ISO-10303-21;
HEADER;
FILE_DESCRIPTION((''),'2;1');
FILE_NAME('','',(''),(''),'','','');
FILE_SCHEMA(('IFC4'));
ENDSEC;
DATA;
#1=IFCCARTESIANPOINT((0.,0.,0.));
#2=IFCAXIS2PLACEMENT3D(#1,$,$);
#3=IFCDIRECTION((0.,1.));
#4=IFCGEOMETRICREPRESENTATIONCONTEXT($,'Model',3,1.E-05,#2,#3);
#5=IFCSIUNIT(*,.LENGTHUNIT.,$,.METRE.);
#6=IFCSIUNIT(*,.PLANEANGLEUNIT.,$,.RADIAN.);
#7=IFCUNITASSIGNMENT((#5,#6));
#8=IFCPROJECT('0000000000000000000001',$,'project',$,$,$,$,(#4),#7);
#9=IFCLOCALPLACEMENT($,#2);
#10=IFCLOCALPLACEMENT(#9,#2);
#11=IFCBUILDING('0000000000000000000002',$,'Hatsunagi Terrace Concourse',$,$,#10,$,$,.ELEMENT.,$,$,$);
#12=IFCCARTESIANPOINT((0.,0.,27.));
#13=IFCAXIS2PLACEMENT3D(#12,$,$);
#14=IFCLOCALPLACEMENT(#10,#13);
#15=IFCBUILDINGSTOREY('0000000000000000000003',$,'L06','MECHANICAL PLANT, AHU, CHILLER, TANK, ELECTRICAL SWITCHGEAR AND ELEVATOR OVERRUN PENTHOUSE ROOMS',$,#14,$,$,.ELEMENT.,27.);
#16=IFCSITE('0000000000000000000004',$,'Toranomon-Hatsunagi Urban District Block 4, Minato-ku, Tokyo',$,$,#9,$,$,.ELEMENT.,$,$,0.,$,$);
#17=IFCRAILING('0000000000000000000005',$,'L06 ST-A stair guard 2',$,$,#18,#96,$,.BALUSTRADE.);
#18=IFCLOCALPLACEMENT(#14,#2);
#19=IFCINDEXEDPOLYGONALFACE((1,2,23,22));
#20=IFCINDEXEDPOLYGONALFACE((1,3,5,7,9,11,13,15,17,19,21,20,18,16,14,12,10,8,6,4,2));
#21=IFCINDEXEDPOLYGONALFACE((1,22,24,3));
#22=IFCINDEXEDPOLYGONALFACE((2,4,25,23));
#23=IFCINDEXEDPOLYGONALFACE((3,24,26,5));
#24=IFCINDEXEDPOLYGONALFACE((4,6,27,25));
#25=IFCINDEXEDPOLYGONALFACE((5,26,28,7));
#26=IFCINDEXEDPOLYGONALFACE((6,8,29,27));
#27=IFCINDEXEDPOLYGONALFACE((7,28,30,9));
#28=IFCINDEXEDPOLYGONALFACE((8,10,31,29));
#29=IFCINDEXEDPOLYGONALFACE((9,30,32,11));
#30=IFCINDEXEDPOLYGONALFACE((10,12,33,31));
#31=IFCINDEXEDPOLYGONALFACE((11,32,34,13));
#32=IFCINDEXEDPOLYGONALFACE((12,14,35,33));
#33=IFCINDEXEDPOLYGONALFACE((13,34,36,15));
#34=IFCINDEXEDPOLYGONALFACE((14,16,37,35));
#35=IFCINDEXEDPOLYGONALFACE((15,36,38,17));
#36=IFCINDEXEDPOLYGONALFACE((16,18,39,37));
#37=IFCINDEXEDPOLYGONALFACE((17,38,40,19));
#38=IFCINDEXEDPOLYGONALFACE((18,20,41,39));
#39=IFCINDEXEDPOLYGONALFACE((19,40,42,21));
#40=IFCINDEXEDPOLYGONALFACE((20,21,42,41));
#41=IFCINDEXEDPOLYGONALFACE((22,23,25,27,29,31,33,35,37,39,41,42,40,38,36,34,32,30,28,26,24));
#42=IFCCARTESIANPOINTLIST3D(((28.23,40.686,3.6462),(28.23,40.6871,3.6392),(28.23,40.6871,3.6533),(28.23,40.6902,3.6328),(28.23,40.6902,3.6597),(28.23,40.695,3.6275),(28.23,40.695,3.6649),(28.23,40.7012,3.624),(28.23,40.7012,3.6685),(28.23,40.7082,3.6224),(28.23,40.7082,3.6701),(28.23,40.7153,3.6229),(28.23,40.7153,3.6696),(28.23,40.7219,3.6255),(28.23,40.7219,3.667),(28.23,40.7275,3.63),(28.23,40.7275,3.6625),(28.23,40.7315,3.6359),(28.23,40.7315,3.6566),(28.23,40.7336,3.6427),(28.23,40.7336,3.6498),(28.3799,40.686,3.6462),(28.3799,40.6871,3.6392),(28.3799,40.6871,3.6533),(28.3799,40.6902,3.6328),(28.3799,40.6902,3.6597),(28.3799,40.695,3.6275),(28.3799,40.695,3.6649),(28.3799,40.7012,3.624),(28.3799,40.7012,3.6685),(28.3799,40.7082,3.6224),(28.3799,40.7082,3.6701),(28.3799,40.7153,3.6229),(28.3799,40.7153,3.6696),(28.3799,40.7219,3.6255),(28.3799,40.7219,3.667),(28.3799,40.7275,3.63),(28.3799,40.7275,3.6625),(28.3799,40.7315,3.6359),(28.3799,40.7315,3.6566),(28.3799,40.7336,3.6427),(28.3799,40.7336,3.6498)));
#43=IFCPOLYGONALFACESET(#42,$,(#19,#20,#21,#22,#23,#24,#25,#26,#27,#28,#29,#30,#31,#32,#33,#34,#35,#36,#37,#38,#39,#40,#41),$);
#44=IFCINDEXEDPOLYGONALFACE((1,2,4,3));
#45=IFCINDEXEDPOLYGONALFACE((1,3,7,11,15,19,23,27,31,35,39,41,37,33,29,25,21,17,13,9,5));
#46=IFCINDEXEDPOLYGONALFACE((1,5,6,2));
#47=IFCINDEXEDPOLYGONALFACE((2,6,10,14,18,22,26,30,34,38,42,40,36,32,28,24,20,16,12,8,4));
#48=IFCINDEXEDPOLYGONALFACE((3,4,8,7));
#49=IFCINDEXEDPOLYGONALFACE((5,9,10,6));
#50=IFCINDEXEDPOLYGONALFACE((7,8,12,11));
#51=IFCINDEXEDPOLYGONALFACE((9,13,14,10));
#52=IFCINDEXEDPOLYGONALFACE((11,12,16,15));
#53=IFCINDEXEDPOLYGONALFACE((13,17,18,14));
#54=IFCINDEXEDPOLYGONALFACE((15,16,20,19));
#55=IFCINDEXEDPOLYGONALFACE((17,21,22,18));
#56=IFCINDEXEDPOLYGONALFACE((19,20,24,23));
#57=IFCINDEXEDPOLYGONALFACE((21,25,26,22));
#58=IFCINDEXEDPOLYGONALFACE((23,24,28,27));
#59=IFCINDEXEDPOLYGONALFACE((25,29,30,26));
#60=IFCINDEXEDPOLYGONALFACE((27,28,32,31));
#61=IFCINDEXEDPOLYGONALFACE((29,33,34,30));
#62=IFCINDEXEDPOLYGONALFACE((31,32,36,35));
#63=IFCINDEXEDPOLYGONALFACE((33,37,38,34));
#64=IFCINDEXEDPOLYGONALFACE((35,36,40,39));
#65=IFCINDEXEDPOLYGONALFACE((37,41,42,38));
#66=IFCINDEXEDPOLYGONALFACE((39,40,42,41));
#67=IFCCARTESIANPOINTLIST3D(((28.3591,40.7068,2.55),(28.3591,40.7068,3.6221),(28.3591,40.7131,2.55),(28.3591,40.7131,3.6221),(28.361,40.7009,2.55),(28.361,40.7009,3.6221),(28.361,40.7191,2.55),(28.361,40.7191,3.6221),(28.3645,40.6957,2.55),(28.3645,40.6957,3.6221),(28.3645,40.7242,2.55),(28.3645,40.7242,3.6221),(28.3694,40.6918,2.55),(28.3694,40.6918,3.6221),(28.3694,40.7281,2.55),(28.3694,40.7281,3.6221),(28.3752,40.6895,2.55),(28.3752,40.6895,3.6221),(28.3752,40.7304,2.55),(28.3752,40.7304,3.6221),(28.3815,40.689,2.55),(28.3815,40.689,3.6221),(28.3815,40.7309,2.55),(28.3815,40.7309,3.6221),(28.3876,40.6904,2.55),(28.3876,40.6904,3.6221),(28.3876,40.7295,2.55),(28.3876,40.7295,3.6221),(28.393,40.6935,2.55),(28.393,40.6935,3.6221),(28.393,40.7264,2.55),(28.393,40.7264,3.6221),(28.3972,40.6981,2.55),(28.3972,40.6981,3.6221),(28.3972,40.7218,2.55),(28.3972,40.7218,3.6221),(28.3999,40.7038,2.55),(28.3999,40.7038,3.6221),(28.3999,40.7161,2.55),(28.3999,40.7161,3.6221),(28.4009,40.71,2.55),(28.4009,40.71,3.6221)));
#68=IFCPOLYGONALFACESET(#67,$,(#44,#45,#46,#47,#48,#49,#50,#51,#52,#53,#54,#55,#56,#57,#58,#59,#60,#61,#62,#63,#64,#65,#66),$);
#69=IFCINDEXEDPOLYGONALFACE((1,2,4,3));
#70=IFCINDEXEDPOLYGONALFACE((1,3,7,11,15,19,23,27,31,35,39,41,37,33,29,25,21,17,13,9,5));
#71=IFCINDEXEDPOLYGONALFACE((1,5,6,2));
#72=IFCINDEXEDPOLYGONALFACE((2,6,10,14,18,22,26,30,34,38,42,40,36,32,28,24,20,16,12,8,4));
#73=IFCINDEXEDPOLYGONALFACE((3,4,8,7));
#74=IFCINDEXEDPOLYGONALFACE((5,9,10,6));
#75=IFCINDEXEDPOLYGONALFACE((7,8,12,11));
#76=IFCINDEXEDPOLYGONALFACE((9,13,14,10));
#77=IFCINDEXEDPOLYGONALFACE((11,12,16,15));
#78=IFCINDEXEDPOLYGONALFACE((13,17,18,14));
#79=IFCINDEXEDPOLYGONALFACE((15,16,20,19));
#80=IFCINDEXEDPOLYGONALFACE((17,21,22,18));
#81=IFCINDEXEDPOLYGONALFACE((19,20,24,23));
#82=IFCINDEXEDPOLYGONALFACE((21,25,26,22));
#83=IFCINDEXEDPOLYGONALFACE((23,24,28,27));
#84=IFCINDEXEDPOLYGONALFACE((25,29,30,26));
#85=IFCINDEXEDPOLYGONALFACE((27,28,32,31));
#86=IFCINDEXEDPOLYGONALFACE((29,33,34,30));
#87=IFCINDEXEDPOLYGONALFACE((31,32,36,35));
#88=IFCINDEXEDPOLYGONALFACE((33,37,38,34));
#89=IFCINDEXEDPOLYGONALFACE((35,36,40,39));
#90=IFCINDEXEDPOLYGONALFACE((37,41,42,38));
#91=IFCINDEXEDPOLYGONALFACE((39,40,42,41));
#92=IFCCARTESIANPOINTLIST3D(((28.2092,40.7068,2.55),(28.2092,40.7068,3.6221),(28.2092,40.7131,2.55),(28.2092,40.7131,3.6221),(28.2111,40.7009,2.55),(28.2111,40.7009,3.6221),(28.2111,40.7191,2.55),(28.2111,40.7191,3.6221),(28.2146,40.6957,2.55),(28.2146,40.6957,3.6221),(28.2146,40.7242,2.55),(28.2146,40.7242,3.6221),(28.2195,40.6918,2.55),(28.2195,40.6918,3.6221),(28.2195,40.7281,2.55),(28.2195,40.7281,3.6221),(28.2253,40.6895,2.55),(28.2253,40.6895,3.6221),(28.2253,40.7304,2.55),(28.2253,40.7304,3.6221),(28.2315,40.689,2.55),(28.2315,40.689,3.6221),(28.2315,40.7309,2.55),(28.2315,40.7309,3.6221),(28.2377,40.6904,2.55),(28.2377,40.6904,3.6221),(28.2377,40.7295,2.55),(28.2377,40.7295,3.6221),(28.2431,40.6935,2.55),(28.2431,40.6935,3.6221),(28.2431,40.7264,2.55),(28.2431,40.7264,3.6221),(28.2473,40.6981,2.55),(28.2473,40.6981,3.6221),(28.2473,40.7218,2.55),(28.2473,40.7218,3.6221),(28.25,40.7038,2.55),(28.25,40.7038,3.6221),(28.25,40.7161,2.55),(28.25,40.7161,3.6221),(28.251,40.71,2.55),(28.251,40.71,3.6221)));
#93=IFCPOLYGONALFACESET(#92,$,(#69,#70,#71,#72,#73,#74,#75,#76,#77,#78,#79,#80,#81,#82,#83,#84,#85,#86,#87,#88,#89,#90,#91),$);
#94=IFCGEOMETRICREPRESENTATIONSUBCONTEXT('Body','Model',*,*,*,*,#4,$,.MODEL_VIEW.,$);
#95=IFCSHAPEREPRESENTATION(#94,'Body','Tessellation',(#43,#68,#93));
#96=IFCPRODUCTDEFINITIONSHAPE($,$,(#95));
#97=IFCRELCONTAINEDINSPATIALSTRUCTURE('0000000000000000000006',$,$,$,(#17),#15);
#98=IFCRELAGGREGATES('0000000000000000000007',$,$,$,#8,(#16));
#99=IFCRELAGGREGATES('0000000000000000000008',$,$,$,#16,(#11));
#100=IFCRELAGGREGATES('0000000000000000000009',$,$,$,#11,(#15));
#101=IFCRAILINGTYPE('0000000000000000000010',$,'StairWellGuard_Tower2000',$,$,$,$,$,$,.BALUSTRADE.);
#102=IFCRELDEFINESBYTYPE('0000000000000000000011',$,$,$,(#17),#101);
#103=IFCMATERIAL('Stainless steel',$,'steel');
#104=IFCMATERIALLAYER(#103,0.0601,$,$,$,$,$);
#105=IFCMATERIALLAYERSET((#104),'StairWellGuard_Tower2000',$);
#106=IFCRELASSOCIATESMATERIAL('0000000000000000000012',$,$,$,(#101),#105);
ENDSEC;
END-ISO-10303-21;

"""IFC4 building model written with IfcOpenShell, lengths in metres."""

from ifc_helpers import new_model, si_unit, direction, frame, origin, origin_2d, place, context, subcontext, project, spatial, circle, extrude, material, layer, layer_set, type_object, element, save


model = new_model("IFC4")

# Units and contexts
model_context = context("Model", 3, precision=1e-05, world=origin(), true_north=direction((0.0, 1.0)))
body_context = subcontext(model_context, "Body", "Model", "MODEL_VIEW")
ifc_project = project(units=[si_unit("LENGTHUNIT", "METRE"), si_unit("PLANEANGLEUNIT", "RADIAN")], contexts=[model_context])

# Site, building, storey
site_placement = place(None, origin())
site = spatial("IfcSite", under=ifc_project, at=site_placement, Name="Toranomon-Hatsunagi Urban District Block 4, Minato-ku, Tokyo", CompositionType="ELEMENT", RefElevation=0.0)
building_placement = place(site_placement, origin())
building = spatial("IfcBuilding", under=site, at=building_placement, Name="Hatsunagi Terrace Concourse", CompositionType="ELEMENT")
storey_placement = place(building_placement, frame((0.0, 0.0, 27.0)))
storey = spatial("IfcBuildingStorey", under=building, at=storey_placement, Name="L06", Description="MECHANICAL PLANT, AHU, CHILLER, TANK, ELECTRICAL SWITCHGEAR AND ELEVATOR OVERRUN PENTHOUSE ROOMS", CompositionType="ELEMENT", Elevation=27.0)

# Railing
ifc_material_1 = material(Name="Stainless steel", Category="steel")
ifc_layer_1 = layer(ifc_material_1, 0.0601)
ifc_layer_set_1 = layer_set([ifc_layer_1], Name="StairWellGuard_Tower2000")
railing_type_1 = type_object("IfcRailingType", Name="StairWellGuard_Tower2000", PredefinedType="BALUSTRADE", material=ifc_layer_set_1)
railing_1_placement = place(storey_placement, frame((28.3799, 40.71, 2.55)))
element("IfcRailing", 1, at=railing_1_placement, inside=storey, type_object=railing_type_1, Name="L06 ST-A stair guard 2", PredefinedType="BALUSTRADE", context=body_context, shape_type="SweptSolid", body=[
    extrude(circle(Radius=0.0239, at=origin_2d()), frame((0.0, 0.0, 1.0962), z_axis=(-1.0, 0.0, 0.0), x_axis=(0.0, -1.0, 0.0)), (0.0, 0.0, 1.0), 0.1499),
    extrude(circle(Radius=0.021, at=origin_2d()), origin(), (0.0, 0.0, 1.0), 1.072),
    extrude(circle(Radius=0.021, at=origin_2d()), frame((-0.1499, 0.0, 0.0)), (0.0, 0.0, 1.0), 1.072),
])

save(model, "model.ifc")
